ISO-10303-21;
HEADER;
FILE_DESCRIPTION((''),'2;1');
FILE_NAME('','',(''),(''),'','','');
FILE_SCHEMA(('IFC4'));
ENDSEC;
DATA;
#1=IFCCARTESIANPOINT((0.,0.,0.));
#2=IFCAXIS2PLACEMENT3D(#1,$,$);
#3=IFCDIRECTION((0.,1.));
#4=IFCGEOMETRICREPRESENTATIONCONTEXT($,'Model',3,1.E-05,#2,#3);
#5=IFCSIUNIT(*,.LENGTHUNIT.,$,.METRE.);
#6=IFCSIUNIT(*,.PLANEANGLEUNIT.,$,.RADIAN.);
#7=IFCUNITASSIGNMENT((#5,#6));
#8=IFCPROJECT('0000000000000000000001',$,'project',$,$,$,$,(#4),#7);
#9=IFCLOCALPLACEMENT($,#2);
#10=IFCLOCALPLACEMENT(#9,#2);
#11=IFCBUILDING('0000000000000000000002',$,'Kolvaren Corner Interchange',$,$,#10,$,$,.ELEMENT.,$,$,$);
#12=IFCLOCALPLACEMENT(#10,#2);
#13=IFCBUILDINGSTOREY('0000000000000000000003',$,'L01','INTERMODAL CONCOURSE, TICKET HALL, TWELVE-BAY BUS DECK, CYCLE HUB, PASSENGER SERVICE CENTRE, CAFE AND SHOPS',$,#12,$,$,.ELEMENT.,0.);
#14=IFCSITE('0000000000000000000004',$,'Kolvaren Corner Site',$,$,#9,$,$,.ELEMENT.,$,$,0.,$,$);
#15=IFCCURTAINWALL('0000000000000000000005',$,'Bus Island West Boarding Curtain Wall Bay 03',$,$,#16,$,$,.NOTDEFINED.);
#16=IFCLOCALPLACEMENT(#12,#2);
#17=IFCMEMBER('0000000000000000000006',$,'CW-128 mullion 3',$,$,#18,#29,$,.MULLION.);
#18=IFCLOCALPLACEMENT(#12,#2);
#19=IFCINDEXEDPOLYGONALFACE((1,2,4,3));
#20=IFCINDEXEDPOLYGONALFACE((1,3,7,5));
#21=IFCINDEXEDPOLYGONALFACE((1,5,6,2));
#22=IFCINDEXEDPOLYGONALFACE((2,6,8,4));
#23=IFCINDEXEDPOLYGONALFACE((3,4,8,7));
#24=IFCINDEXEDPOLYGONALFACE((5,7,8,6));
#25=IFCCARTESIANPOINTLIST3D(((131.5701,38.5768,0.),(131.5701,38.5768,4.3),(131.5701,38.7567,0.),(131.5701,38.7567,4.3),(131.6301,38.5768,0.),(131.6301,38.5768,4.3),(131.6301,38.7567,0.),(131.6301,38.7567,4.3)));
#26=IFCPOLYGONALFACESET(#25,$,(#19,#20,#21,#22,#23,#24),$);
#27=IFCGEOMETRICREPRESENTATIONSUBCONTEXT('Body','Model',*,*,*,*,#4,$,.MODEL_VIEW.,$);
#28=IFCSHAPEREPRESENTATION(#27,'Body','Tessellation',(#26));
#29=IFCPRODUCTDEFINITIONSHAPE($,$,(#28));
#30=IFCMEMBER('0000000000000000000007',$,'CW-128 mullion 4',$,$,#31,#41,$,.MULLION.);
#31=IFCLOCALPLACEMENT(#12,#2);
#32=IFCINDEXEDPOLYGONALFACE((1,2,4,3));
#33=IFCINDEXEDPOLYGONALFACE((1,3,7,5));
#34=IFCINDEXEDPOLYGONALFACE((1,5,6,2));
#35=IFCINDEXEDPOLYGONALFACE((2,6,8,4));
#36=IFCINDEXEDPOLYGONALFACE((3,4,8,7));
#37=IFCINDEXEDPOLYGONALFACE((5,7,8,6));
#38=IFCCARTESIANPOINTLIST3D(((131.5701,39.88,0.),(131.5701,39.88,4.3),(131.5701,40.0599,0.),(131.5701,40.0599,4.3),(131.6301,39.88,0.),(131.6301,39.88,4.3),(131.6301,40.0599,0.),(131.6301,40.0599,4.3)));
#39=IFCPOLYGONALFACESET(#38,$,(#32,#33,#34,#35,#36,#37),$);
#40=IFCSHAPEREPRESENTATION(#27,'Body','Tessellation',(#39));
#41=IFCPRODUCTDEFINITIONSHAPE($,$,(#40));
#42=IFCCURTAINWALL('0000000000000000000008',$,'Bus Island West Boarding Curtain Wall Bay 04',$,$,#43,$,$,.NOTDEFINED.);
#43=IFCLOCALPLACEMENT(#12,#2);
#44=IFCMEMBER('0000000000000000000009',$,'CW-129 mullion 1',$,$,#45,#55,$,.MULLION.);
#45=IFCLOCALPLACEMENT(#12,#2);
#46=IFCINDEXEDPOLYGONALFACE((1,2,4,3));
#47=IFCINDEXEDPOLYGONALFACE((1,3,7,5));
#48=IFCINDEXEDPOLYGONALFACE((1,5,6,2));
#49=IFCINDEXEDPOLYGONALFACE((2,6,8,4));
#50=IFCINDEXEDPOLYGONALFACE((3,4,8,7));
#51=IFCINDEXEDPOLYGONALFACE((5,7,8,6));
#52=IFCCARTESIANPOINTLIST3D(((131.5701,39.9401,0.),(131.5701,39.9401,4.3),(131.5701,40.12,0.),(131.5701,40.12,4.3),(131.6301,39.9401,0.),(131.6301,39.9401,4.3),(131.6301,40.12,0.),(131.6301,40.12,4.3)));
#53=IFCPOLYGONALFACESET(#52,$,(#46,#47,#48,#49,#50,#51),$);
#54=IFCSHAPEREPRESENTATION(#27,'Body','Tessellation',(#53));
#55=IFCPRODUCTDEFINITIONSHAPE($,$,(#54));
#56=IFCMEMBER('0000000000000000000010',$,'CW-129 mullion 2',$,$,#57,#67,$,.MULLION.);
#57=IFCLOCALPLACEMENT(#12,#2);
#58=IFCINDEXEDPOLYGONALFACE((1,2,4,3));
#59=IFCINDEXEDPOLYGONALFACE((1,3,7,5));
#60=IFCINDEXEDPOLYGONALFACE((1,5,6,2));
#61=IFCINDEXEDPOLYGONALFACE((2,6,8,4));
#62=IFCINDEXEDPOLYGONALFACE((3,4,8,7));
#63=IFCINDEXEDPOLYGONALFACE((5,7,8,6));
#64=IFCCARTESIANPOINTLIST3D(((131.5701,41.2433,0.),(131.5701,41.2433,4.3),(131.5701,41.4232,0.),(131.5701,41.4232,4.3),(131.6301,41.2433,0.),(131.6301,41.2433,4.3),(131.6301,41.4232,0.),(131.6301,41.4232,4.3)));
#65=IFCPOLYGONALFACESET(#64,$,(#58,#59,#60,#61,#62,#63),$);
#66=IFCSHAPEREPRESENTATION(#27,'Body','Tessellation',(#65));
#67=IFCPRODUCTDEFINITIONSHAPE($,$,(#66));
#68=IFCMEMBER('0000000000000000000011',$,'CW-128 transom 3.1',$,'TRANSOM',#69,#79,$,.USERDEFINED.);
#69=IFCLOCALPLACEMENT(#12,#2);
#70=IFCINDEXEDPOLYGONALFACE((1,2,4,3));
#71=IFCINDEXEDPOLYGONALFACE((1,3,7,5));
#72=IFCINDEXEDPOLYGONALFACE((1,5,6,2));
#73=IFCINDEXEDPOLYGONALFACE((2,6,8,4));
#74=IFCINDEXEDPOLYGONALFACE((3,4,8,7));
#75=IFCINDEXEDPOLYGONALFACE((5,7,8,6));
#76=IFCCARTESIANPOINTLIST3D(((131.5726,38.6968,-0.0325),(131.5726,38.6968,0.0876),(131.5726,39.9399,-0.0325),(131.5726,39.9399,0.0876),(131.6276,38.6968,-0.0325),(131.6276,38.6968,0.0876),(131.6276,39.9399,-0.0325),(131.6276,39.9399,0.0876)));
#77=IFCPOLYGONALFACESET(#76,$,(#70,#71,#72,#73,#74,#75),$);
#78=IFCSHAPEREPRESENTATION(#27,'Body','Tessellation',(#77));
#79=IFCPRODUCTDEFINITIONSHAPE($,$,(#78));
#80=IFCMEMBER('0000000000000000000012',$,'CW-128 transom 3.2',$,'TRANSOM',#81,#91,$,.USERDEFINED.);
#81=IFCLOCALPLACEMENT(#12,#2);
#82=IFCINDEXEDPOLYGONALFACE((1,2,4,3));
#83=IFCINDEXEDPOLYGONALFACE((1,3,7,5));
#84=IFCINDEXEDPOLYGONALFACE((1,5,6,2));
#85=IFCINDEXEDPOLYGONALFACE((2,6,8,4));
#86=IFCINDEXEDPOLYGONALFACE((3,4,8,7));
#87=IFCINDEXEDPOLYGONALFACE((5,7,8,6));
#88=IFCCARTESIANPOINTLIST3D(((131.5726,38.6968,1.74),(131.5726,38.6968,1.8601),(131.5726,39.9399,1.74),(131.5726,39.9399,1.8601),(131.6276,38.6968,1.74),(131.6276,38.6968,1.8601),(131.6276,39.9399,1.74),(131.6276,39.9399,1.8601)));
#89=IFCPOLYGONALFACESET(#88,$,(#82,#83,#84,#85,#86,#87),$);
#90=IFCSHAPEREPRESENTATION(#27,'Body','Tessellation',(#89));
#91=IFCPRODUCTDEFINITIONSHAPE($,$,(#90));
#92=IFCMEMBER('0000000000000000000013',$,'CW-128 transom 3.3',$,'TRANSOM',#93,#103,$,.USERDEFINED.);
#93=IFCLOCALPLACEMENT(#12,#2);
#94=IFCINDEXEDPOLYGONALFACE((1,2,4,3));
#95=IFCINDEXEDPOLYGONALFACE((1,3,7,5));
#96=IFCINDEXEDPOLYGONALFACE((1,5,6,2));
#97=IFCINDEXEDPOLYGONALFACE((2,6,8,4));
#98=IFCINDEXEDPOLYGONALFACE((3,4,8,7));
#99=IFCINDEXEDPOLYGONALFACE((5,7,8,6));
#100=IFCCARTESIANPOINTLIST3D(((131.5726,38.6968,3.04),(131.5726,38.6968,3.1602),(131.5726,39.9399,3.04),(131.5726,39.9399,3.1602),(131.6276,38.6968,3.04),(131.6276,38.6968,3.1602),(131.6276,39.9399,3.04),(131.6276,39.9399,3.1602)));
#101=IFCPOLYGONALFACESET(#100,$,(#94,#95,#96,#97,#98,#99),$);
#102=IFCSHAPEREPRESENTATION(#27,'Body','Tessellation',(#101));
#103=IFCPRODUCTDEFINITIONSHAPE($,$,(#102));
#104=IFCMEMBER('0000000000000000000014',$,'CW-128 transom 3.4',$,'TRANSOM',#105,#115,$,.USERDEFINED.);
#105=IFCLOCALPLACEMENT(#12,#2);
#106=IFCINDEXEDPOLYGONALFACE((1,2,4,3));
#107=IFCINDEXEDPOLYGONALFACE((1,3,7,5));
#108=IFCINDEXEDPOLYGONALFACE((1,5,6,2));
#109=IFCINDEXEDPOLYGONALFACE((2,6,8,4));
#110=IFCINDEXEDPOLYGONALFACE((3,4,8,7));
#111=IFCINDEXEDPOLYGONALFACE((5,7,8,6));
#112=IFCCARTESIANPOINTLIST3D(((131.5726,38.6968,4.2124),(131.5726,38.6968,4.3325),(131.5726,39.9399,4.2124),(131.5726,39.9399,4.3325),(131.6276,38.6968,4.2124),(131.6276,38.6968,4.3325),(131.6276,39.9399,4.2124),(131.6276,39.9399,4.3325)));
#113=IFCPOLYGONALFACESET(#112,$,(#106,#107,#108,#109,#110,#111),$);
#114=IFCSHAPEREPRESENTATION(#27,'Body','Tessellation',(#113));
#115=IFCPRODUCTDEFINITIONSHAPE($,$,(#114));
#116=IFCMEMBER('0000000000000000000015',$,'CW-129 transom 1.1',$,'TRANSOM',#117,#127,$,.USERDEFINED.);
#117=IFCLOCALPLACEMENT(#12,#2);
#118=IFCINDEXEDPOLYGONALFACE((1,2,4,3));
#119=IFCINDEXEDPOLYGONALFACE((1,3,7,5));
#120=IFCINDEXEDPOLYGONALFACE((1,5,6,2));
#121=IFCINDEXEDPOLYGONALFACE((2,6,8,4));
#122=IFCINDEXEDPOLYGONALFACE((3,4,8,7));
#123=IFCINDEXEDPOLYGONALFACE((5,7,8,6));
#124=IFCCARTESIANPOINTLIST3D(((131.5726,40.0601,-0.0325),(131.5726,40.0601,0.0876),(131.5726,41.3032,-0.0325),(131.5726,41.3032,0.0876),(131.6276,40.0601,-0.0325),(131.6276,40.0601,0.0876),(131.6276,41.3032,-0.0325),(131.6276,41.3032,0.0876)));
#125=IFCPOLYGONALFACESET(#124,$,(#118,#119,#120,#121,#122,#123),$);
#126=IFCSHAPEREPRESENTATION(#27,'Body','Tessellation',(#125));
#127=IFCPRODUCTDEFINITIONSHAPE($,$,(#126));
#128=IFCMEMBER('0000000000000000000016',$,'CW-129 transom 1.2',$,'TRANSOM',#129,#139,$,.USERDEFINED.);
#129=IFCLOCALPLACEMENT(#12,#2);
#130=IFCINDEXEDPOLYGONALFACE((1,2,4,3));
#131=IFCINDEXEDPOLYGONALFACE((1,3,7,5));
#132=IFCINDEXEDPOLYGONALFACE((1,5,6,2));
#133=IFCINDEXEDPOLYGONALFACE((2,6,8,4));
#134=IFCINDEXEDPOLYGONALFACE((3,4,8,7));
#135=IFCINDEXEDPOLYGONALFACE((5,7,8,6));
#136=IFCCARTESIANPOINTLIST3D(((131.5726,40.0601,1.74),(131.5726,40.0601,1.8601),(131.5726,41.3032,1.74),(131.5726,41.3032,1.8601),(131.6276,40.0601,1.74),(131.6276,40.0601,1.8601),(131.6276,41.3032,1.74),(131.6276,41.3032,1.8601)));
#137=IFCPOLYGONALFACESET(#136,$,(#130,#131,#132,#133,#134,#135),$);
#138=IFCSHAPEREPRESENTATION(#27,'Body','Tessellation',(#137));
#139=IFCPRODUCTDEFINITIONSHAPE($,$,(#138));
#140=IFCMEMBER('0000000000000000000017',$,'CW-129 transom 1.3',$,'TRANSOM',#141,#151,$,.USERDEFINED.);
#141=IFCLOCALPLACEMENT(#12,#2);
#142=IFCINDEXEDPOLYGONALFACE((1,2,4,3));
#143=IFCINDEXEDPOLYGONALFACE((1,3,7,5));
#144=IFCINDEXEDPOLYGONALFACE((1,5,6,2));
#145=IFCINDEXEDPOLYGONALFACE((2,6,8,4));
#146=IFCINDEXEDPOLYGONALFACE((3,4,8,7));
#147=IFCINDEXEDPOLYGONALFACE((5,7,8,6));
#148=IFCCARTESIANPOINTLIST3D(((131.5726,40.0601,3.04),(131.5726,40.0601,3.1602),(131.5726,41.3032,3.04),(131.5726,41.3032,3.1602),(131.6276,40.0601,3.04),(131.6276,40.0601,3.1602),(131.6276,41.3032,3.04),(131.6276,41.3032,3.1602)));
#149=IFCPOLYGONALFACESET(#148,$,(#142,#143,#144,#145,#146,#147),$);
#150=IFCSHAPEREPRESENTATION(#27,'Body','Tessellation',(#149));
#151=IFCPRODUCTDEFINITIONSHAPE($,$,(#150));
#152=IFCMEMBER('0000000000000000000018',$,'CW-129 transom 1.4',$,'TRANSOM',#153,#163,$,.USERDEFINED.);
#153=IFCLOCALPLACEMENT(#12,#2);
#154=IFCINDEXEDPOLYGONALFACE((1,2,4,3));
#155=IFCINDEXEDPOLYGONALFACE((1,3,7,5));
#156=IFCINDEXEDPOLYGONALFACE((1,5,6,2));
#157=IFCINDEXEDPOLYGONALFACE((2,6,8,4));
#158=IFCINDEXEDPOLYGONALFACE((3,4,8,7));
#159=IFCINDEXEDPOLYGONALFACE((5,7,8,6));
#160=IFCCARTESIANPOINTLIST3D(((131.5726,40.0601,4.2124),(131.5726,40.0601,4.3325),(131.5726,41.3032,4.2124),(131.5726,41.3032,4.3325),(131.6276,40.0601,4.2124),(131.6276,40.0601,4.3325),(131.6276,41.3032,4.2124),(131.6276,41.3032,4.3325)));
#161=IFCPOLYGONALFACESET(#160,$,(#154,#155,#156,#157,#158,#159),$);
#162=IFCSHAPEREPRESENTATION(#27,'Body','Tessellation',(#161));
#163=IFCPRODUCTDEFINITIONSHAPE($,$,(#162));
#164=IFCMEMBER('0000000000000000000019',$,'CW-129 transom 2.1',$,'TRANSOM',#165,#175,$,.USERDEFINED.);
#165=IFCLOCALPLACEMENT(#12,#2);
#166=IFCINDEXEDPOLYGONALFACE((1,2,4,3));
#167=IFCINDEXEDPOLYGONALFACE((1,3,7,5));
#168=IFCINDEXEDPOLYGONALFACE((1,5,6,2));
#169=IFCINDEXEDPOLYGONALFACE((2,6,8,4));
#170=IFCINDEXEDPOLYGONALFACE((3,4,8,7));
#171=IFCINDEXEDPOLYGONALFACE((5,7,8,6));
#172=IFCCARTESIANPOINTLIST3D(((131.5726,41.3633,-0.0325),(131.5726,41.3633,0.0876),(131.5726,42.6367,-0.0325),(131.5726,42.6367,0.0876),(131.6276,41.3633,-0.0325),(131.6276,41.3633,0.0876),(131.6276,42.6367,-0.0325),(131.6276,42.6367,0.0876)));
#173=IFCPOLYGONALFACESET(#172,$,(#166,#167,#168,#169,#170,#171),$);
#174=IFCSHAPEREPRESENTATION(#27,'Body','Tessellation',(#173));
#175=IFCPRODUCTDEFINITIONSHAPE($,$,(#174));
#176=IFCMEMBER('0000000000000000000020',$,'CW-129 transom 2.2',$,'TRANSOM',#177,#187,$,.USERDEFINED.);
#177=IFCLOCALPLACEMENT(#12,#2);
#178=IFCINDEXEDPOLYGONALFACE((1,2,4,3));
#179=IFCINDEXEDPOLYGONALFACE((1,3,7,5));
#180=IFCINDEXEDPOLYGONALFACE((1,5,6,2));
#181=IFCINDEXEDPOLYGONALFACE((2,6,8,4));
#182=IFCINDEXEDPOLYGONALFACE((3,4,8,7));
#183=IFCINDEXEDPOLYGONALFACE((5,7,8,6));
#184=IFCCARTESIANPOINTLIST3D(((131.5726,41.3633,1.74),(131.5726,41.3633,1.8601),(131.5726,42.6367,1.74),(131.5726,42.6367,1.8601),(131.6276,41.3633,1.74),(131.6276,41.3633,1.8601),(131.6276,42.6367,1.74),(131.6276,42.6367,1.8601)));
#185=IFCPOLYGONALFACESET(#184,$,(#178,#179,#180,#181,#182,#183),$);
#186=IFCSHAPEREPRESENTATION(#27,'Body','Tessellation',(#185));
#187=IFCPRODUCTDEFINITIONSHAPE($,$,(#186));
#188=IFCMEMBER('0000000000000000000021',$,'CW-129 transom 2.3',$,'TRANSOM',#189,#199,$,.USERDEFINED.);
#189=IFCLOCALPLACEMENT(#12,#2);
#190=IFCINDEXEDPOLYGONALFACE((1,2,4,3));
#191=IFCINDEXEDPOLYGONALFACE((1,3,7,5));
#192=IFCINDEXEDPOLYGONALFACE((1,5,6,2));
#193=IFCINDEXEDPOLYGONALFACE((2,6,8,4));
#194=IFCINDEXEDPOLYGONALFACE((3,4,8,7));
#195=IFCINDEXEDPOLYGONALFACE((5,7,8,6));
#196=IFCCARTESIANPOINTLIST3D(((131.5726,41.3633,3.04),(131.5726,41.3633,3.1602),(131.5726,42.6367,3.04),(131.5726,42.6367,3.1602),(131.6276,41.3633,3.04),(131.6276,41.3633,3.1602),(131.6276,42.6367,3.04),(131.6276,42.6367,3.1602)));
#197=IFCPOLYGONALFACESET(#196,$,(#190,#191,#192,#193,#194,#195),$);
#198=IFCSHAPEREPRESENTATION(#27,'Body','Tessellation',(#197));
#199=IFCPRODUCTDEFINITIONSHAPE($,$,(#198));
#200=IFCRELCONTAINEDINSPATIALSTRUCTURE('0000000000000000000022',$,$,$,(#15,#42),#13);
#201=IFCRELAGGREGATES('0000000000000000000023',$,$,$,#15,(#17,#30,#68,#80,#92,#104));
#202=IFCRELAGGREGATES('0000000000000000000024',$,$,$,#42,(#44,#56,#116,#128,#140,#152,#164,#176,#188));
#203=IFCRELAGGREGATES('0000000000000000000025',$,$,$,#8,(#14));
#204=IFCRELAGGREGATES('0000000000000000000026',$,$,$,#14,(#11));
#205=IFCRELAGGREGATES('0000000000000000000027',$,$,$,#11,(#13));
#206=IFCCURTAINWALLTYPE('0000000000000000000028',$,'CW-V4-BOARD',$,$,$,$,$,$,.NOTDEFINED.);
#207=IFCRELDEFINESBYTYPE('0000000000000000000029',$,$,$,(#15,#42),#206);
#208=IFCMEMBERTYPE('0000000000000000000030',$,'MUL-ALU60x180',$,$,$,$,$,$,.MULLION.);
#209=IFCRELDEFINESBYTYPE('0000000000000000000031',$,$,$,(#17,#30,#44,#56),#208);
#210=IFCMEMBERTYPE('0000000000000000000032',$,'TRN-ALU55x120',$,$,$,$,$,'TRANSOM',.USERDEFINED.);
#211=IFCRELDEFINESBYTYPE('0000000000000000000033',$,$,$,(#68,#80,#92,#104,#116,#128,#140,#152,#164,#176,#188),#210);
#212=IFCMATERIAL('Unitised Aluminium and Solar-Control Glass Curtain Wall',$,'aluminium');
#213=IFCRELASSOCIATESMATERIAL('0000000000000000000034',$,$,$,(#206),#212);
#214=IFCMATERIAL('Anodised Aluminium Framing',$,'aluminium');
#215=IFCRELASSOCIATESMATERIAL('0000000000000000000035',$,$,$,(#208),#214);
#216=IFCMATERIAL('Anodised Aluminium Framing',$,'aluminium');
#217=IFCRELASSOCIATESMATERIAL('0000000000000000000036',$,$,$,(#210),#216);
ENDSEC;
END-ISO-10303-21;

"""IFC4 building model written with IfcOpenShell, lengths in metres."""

from ifc_helpers import new_model, si_unit, direction, frame, origin, origin_2d, place, context, subcontext, project, spatial, rectangle, extrude, material, material_profile, profile_set, type_object, element, aggregate, save


model = new_model("IFC4")

# Units and contexts
model_context = context("Model", 3, precision=1e-05, world=origin(), true_north=direction((0.0, 1.0)))
body_context = subcontext(model_context, "Body", "Model", "MODEL_VIEW")
ifc_project = project(units=[si_unit("LENGTHUNIT", "METRE"), si_unit("PLANEANGLEUNIT", "RADIAN")], contexts=[model_context])

# Site, building, storey
site_placement = place(None, origin())
site = spatial("IfcSite", under=ifc_project, at=site_placement, Name="Kolvaren Corner Site", CompositionType="ELEMENT", RefElevation=0.0)
building_placement = place(site_placement, origin())
building = spatial("IfcBuilding", under=site, at=building_placement, Name="Kolvaren Corner Interchange", CompositionType="ELEMENT")
storey_placement = place(building_placement, origin())
storey = spatial("IfcBuildingStorey", under=building, at=storey_placement, Name="L01", Description="INTERMODAL CONCOURSE, TICKET HALL, TWELVE-BAY BUS DECK, CYCLE HUB, PASSENGER SERVICE CENTRE, CAFE AND SHOPS", CompositionType="ELEMENT", Elevation=0.0)

# Curtain walls, members
ifc_material_1 = material(Name="Unitised Aluminium and Solar-Control Glass Curtain Wall", Category="aluminium")
curtain_wall_type = type_object("IfcCurtainWallType", Name="CW-V4-BOARD", PredefinedType="NOTDEFINED", material=ifc_material_1)
curtain_wall_1_placement = place(storey_placement, origin())
curtain_wall_1 = element("IfcCurtainWall", 1, at=curtain_wall_1_placement, inside=storey, type_object=curtain_wall_type, Name="Bus Island West Boarding Curtain Wall Bay 03", PredefinedType="NOTDEFINED")
ifc_material_2 = material(Name="Anodised Aluminium Framing", Category="aluminium")
ifc_material_profile_1 = material_profile(ifc_material_2, rectangle(XDim=0.0601, YDim=0.1799, at=origin_2d()), Name="ALU 60x180")
ifc_profile_set_1 = profile_set([ifc_material_profile_1], Name="Anodised Aluminium Framing")
member_type_1 = type_object("IfcMemberType", Name="MUL-ALU60x180", PredefinedType="MULLION", material=ifc_profile_set_1)
member_1_placement = place(storey_placement, frame((131.6001, 38.6667, 0.0), z_axis=(0.0, 0.0, 1.0), x_axis=(-1.0, 0.0, 0.0)))
member_1 = element("IfcMember", 2, at=member_1_placement, type_object=member_type_1, Name="CW-128 mullion 3", PredefinedType="MULLION", context=body_context, shape_type="SweptSolid", body=[
    extrude(rectangle(XDim=0.0601, YDim=0.1799, at=origin_2d()), origin(), (0.0, 0.0, 1.0), 4.3),
])
member_2_placement = place(storey_placement, frame((131.6001, 39.97, 0.0), z_axis=(0.0, 0.0, 1.0), x_axis=(-1.0, 0.0, 0.0)))
member_2 = element("IfcMember", 3, at=member_2_placement, type_object=member_type_1, Name="CW-128 mullion 4", PredefinedType="MULLION", context=body_context, shape_type="SweptSolid", body=[
    extrude(rectangle(XDim=0.0601, YDim=0.1799, at=origin_2d()), origin(), (0.0, 0.0, 1.0), 4.3),
])
curtain_wall_2_placement = place(storey_placement, origin())
curtain_wall_2 = element("IfcCurtainWall", 4, at=curtain_wall_2_placement, inside=storey, type_object=curtain_wall_type, Name="Bus Island West Boarding Curtain Wall Bay 04", PredefinedType="NOTDEFINED")
member_3_placement = place(storey_placement, frame((131.6001, 40.03, 0.0), z_axis=(0.0, 0.0, 1.0), x_axis=(-1.0, 0.0, 0.0)))
member_3 = element("IfcMember", 5, at=member_3_placement, type_object=member_type_1, Name="CW-129 mullion 1", PredefinedType="MULLION", context=body_context, shape_type="SweptSolid", body=[
    extrude(rectangle(XDim=0.0601, YDim=0.1799, at=origin_2d()), origin(), (0.0, 0.0, 1.0), 4.3),
])
member_4_placement = place(storey_placement, frame((131.6001, 41.3333, 0.0), z_axis=(0.0, 0.0, 1.0), x_axis=(-1.0, 0.0, 0.0)))
member_4 = element("IfcMember", 6, at=member_4_placement, type_object=member_type_1, Name="CW-129 mullion 2", PredefinedType="MULLION", context=body_context, shape_type="SweptSolid", body=[
    extrude(rectangle(XDim=0.0601, YDim=0.1799, at=origin_2d()), origin(), (0.0, 0.0, 1.0), 4.3),
])

# Members
ifc_material_3 = material(Name="Anodised Aluminium Framing", Category="aluminium")
ifc_material_profile_2 = material_profile(ifc_material_3, rectangle(XDim=0.0549, YDim=0.1201, at=origin_2d()), Name="ALU 55x120")
ifc_profile_set_2 = profile_set([ifc_material_profile_2], Name="Anodised Aluminium Framing")
member_type_2 = type_object("IfcMemberType", Name="TRN-ALU55x120", ElementType="TRANSOM", PredefinedType="USERDEFINED", material=ifc_profile_set_2)
member_5_placement = place(storey_placement, frame((131.6001, 38.6968, 0.0276), z_axis=(0.0, 1.0, 0.0), x_axis=(-1.0, 0.0, 0.0)))
member_5 = element("IfcMember", 7, at=member_5_placement, type_object=member_type_2, Name="CW-128 transom 3.1", ObjectType="TRANSOM", PredefinedType="USERDEFINED", context=body_context, shape_type="SweptSolid", body=[
    extrude(rectangle(XDim=0.0549, YDim=0.1201, at=origin_2d()), origin(), (0.0, 0.0, 1.0), 1.2432),
])
member_6_placement = place(storey_placement, frame((131.6001, 38.6968, 1.8), z_axis=(0.0, 1.0, 0.0), x_axis=(-1.0, 0.0, 0.0)))
member_6 = element("IfcMember", 8, at=member_6_placement, type_object=member_type_2, Name="CW-128 transom 3.2", ObjectType="TRANSOM", PredefinedType="USERDEFINED", context=body_context, shape_type="SweptSolid", body=[
    extrude(rectangle(XDim=0.0549, YDim=0.1201, at=origin_2d()), origin(), (0.0, 0.0, 1.0), 1.2432),
])
member_7_placement = place(storey_placement, frame((131.6001, 38.6968, 3.1001), z_axis=(0.0, 1.0, 0.0), x_axis=(-1.0, 0.0, 0.0)))
member_7 = element("IfcMember", 9, at=member_7_placement, type_object=member_type_2, Name="CW-128 transom 3.3", ObjectType="TRANSOM", PredefinedType="USERDEFINED", context=body_context, shape_type="SweptSolid", body=[
    extrude(rectangle(XDim=0.0549, YDim=0.1201, at=origin_2d()), origin(), (0.0, 0.0, 1.0), 1.2432),
])
member_8_placement = place(storey_placement, frame((131.6001, 38.6968, 4.2725), z_axis=(0.0, 1.0, 0.0), x_axis=(-1.0, 0.0, 0.0)))
member_8 = element("IfcMember", 10, at=member_8_placement, type_object=member_type_2, Name="CW-128 transom 3.4", ObjectType="TRANSOM", PredefinedType="USERDEFINED", context=body_context, shape_type="SweptSolid", body=[
    extrude(rectangle(XDim=0.0549, YDim=0.1201, at=origin_2d()), origin(), (0.0, 0.0, 1.0), 1.2432),
])
member_9_placement = place(storey_placement, frame((131.6001, 40.0601, 0.0276), z_axis=(0.0, 1.0, 0.0), x_axis=(-1.0, 0.0, 0.0)))
member_9 = element("IfcMember", 11, at=member_9_placement, type_object=member_type_2, Name="CW-129 transom 1.1", ObjectType="TRANSOM", PredefinedType="USERDEFINED", context=body_context, shape_type="SweptSolid", body=[
    extrude(rectangle(XDim=0.0549, YDim=0.1201, at=origin_2d()), origin(), (0.0, 0.0, 1.0), 1.2432),
])
member_10_placement = place(storey_placement, frame((131.6001, 40.0601, 1.8), z_axis=(0.0, 1.0, 0.0), x_axis=(-1.0, 0.0, 0.0)))
member_10 = element("IfcMember", 12, at=member_10_placement, type_object=member_type_2, Name="CW-129 transom 1.2", ObjectType="TRANSOM", PredefinedType="USERDEFINED", context=body_context, shape_type="SweptSolid", body=[
    extrude(rectangle(XDim=0.0549, YDim=0.1201, at=origin_2d()), origin(), (0.0, 0.0, 1.0), 1.2432),
])
member_11_placement = place(storey_placement, frame((131.6001, 40.0601, 3.1001), z_axis=(0.0, 1.0, 0.0), x_axis=(-1.0, 0.0, 0.0)))
member_11 = element("IfcMember", 13, at=member_11_placement, type_object=member_type_2, Name="CW-129 transom 1.3", ObjectType="TRANSOM", PredefinedType="USERDEFINED", context=body_context, shape_type="SweptSolid", body=[
    extrude(rectangle(XDim=0.0549, YDim=0.1201, at=origin_2d()), origin(), (0.0, 0.0, 1.0), 1.2432),
])
member_12_placement = place(storey_placement, frame((131.6001, 40.0601, 4.2725), z_axis=(0.0, 1.0, 0.0), x_axis=(-1.0, 0.0, 0.0)))
member_12 = element("IfcMember", 14, at=member_12_placement, type_object=member_type_2, Name="CW-129 transom 1.4", ObjectType="TRANSOM", PredefinedType="USERDEFINED", context=body_context, shape_type="SweptSolid", body=[
    extrude(rectangle(XDim=0.0549, YDim=0.1201, at=origin_2d()), origin(), (0.0, 0.0, 1.0), 1.2432),
])
member_13_placement = place(storey_placement, frame((131.6001, 41.3633, 0.0276), z_axis=(0.0, 1.0, 0.0), x_axis=(-1.0, 0.0, 0.0)))
member_13 = element("IfcMember", 15, at=member_13_placement, type_object=member_type_2, Name="CW-129 transom 2.1", ObjectType="TRANSOM", PredefinedType="USERDEFINED", context=body_context, shape_type="SweptSolid", body=[
    extrude(rectangle(XDim=0.0549, YDim=0.1201, at=origin_2d()), origin(), (0.0, 0.0, 1.0), 1.2734),
])
member_14_placement = place(storey_placement, frame((131.6001, 41.3633, 1.8), z_axis=(0.0, 1.0, 0.0), x_axis=(-1.0, 0.0, 0.0)))
member_14 = element("IfcMember", 16, at=member_14_placement, type_object=member_type_2, Name="CW-129 transom 2.2", ObjectType="TRANSOM", PredefinedType="USERDEFINED", context=body_context, shape_type="SweptSolid", body=[
    extrude(rectangle(XDim=0.0549, YDim=0.1201, at=origin_2d()), origin(), (0.0, 0.0, 1.0), 1.2734),
])
member_15_placement = place(storey_placement, frame((131.6001, 41.3633, 3.1001), z_axis=(0.0, 1.0, 0.0), x_axis=(-1.0, 0.0, 0.0)))
member_15 = element("IfcMember", 17, at=member_15_placement, type_object=member_type_2, Name="CW-129 transom 2.3", ObjectType="TRANSOM", PredefinedType="USERDEFINED", context=body_context, shape_type="SweptSolid", body=[
    extrude(rectangle(XDim=0.0549, YDim=0.1201, at=origin_2d()), origin(), (0.0, 0.0, 1.0), 1.2734),
])

aggregate(curtain_wall_1, [member_1, member_2, member_5, member_6, member_7, member_8])
aggregate(curtain_wall_2, [member_3, member_4, member_9, member_10, member_11, member_12, member_13, member_14, member_15])

save(model, "model.ifc")
